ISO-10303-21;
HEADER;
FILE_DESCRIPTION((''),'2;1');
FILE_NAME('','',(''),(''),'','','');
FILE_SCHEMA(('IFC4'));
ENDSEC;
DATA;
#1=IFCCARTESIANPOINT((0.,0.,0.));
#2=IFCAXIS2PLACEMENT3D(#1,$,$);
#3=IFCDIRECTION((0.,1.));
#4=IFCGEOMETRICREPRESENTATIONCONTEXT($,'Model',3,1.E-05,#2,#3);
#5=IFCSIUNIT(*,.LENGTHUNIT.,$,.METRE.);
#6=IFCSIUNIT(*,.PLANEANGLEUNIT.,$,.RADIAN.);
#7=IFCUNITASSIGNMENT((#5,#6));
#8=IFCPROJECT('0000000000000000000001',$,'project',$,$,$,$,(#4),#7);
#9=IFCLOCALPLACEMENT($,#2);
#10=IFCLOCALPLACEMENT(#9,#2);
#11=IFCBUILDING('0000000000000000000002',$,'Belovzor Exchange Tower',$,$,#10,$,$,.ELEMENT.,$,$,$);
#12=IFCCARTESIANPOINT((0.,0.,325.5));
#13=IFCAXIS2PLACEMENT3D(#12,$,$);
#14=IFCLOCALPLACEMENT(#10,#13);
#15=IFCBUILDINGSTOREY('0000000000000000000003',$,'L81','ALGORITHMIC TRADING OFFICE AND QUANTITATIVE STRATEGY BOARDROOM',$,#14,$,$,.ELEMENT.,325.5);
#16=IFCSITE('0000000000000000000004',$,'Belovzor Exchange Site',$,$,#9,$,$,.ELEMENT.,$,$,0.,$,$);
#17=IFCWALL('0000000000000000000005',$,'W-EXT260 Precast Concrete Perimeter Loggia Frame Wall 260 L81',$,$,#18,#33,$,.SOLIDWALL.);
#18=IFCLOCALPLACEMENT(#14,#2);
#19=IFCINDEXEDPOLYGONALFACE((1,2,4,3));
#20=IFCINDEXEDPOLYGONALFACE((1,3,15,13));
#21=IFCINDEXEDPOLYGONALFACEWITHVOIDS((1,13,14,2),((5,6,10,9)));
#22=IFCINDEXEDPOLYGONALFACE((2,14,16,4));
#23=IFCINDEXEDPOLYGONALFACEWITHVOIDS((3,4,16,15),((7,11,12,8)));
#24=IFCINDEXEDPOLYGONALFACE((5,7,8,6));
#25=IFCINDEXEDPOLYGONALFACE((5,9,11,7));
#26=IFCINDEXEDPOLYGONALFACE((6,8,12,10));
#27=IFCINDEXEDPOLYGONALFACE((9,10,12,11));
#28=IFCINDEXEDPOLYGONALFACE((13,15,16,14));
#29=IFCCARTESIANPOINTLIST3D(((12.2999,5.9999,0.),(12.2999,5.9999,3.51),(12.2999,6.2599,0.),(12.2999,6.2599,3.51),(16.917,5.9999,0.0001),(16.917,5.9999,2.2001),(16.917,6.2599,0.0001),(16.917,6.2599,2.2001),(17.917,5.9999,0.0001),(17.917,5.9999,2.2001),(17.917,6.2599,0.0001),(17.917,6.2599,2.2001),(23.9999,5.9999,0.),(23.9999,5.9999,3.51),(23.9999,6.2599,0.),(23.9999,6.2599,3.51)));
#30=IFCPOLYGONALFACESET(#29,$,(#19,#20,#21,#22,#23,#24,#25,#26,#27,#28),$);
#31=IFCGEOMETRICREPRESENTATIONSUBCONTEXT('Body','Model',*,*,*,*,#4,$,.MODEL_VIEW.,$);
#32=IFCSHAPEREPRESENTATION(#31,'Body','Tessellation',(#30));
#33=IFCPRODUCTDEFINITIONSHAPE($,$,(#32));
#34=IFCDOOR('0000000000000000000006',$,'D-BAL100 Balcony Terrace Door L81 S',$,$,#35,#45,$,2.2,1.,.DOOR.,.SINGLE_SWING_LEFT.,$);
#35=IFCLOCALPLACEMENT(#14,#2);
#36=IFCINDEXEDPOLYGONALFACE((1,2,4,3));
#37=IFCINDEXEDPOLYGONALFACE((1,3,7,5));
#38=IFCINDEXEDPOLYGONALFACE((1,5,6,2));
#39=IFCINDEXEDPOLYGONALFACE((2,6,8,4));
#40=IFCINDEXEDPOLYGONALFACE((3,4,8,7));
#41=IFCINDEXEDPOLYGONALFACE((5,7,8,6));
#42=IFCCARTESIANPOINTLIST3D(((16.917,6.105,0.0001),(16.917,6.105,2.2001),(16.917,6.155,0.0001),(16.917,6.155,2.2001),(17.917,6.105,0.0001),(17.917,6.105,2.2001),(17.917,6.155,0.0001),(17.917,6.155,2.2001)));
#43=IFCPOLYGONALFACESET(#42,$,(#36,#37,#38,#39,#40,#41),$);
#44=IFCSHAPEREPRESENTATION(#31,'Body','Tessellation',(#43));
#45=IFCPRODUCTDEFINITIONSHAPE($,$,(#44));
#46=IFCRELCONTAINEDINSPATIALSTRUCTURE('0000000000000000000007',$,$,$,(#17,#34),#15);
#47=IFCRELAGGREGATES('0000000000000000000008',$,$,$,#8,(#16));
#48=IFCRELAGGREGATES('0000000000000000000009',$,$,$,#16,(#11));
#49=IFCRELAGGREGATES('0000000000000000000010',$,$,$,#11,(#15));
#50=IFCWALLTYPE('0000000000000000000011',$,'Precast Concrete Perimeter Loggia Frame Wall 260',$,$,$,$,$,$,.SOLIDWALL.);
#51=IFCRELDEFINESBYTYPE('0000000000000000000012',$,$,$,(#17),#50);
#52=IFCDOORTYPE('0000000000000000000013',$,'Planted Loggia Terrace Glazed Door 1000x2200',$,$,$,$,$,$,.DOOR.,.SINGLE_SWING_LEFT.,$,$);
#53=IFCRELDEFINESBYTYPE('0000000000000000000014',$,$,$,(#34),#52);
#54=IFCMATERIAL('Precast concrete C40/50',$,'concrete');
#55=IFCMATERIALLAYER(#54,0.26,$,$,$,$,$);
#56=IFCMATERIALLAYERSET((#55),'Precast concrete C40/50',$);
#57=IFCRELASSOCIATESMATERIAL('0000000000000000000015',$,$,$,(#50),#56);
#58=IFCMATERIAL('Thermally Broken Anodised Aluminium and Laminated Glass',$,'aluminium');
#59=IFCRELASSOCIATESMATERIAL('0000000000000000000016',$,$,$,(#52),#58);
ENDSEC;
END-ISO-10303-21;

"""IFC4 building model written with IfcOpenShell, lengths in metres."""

from ifc_helpers import new_model, si_unit, direction, frame, frame_2d, origin, place, context, subcontext, project, spatial, rectangle, extrude, material, layer, layer_set, type_object, element, fill, save


model = new_model("IFC4")

# Units and contexts
model_context = context("Model", 3, precision=1e-05, world=origin(), true_north=direction((0.0, 1.0)))
body_context = subcontext(model_context, "Body", "Model", "MODEL_VIEW")
ifc_project = project(units=[si_unit("LENGTHUNIT", "METRE"), si_unit("PLANEANGLEUNIT", "RADIAN")], contexts=[model_context])

# Site, building, storey
site_placement = place(None, origin())
site = spatial("IfcSite", under=ifc_project, at=site_placement, Name="Belovzor Exchange Site", CompositionType="ELEMENT", RefElevation=0.0)
building_placement = place(site_placement, origin())
building = spatial("IfcBuilding", under=site, at=building_placement, Name="Belovzor Exchange Tower", CompositionType="ELEMENT")
storey_placement = place(building_placement, frame((0.0, 0.0, 325.5)))
storey = spatial("IfcBuildingStorey", under=building, at=storey_placement, Name="L81", Description="ALGORITHMIC TRADING OFFICE AND QUANTITATIVE STRATEGY BOARDROOM", CompositionType="ELEMENT", Elevation=325.5)

# Wall, opening, door
ifc_material_1 = material(Name="Precast concrete C40/50", Category="concrete")
ifc_layer_1 = layer(ifc_material_1, 0.26)
ifc_layer_set_1 = layer_set([ifc_layer_1], Name="Precast concrete C40/50")
wall_type_1 = type_object("IfcWallType", Name="Precast Concrete Perimeter Loggia Frame Wall 260", PredefinedType="SOLIDWALL", material=ifc_layer_set_1)
wall_1_placement = place(storey_placement, frame((24.0, 6.1299, 0.0), z_axis=(0.0, 0.0, 1.0), x_axis=(-1.0, 0.0, 0.0)))
wall_1 = element("IfcWall", 1, at=wall_1_placement, inside=storey, type_object=wall_type_1, Name="W-EXT260 Precast Concrete Perimeter Loggia Frame Wall 260 L81", PredefinedType="SOLIDWALL", context=body_context, shape_type="SweptSolid", body=[
    extrude(rectangle(XDim=11.7, YDim=0.26, at=frame_2d((5.8501, 0.0))), origin(), (0.0, 0.0, 1.0), 3.51),
])
opening_1_placement = place(wall_1_placement, frame((6.083, 0.0, 0.0)))
opening_1 = element("IfcOpeningElement", 2, at=opening_1_placement, cuts=wall_1, PredefinedType="OPENING", context=body_context, shape_type="SweptSolid", body=[
    extrude(rectangle(XDim=1.0, YDim=2.2, at=frame_2d((0.5, 1.1001))), frame((0.0, 0.1399, 0.0), z_axis=(0.0, -1.0, 0.0), x_axis=(1.0, 0.0, 0.0)), (0.0, 0.0, 1.0), 0.28),
])
ifc_material_2 = material(Name="Thermally Broken Anodised Aluminium and Laminated Glass", Category="aluminium")
door_type_1 = type_object("IfcDoorType", Name="Planted Loggia Terrace Glazed Door 1000x2200", OperationType="SINGLE_SWING_LEFT", PredefinedType="DOOR", material=ifc_material_2)
door_1_placement = place(opening_1_placement, origin())
door_1 = element("IfcDoor", 3, at=door_1_placement, inside=storey, type_object=door_type_1, Name="D-BAL100 Balcony Terrace Door L81 S", OperationType="SINGLE_SWING_LEFT", OverallHeight=2.2, OverallWidth=1.0, PredefinedType="DOOR", context=body_context, shape_type="SweptSolid", body=[
    extrude(rectangle(XDim=1.0, YDim=2.2, at=frame_2d((0.5, 1.1001))), frame((0.0, 0.0249, 0.0), z_axis=(0.0, -1.0, 0.0), x_axis=(1.0, 0.0, 0.0)), (0.0, 0.0, 1.0), 0.05),
])
fill(opening_1, door_1)

save(model, "model.ifc")
